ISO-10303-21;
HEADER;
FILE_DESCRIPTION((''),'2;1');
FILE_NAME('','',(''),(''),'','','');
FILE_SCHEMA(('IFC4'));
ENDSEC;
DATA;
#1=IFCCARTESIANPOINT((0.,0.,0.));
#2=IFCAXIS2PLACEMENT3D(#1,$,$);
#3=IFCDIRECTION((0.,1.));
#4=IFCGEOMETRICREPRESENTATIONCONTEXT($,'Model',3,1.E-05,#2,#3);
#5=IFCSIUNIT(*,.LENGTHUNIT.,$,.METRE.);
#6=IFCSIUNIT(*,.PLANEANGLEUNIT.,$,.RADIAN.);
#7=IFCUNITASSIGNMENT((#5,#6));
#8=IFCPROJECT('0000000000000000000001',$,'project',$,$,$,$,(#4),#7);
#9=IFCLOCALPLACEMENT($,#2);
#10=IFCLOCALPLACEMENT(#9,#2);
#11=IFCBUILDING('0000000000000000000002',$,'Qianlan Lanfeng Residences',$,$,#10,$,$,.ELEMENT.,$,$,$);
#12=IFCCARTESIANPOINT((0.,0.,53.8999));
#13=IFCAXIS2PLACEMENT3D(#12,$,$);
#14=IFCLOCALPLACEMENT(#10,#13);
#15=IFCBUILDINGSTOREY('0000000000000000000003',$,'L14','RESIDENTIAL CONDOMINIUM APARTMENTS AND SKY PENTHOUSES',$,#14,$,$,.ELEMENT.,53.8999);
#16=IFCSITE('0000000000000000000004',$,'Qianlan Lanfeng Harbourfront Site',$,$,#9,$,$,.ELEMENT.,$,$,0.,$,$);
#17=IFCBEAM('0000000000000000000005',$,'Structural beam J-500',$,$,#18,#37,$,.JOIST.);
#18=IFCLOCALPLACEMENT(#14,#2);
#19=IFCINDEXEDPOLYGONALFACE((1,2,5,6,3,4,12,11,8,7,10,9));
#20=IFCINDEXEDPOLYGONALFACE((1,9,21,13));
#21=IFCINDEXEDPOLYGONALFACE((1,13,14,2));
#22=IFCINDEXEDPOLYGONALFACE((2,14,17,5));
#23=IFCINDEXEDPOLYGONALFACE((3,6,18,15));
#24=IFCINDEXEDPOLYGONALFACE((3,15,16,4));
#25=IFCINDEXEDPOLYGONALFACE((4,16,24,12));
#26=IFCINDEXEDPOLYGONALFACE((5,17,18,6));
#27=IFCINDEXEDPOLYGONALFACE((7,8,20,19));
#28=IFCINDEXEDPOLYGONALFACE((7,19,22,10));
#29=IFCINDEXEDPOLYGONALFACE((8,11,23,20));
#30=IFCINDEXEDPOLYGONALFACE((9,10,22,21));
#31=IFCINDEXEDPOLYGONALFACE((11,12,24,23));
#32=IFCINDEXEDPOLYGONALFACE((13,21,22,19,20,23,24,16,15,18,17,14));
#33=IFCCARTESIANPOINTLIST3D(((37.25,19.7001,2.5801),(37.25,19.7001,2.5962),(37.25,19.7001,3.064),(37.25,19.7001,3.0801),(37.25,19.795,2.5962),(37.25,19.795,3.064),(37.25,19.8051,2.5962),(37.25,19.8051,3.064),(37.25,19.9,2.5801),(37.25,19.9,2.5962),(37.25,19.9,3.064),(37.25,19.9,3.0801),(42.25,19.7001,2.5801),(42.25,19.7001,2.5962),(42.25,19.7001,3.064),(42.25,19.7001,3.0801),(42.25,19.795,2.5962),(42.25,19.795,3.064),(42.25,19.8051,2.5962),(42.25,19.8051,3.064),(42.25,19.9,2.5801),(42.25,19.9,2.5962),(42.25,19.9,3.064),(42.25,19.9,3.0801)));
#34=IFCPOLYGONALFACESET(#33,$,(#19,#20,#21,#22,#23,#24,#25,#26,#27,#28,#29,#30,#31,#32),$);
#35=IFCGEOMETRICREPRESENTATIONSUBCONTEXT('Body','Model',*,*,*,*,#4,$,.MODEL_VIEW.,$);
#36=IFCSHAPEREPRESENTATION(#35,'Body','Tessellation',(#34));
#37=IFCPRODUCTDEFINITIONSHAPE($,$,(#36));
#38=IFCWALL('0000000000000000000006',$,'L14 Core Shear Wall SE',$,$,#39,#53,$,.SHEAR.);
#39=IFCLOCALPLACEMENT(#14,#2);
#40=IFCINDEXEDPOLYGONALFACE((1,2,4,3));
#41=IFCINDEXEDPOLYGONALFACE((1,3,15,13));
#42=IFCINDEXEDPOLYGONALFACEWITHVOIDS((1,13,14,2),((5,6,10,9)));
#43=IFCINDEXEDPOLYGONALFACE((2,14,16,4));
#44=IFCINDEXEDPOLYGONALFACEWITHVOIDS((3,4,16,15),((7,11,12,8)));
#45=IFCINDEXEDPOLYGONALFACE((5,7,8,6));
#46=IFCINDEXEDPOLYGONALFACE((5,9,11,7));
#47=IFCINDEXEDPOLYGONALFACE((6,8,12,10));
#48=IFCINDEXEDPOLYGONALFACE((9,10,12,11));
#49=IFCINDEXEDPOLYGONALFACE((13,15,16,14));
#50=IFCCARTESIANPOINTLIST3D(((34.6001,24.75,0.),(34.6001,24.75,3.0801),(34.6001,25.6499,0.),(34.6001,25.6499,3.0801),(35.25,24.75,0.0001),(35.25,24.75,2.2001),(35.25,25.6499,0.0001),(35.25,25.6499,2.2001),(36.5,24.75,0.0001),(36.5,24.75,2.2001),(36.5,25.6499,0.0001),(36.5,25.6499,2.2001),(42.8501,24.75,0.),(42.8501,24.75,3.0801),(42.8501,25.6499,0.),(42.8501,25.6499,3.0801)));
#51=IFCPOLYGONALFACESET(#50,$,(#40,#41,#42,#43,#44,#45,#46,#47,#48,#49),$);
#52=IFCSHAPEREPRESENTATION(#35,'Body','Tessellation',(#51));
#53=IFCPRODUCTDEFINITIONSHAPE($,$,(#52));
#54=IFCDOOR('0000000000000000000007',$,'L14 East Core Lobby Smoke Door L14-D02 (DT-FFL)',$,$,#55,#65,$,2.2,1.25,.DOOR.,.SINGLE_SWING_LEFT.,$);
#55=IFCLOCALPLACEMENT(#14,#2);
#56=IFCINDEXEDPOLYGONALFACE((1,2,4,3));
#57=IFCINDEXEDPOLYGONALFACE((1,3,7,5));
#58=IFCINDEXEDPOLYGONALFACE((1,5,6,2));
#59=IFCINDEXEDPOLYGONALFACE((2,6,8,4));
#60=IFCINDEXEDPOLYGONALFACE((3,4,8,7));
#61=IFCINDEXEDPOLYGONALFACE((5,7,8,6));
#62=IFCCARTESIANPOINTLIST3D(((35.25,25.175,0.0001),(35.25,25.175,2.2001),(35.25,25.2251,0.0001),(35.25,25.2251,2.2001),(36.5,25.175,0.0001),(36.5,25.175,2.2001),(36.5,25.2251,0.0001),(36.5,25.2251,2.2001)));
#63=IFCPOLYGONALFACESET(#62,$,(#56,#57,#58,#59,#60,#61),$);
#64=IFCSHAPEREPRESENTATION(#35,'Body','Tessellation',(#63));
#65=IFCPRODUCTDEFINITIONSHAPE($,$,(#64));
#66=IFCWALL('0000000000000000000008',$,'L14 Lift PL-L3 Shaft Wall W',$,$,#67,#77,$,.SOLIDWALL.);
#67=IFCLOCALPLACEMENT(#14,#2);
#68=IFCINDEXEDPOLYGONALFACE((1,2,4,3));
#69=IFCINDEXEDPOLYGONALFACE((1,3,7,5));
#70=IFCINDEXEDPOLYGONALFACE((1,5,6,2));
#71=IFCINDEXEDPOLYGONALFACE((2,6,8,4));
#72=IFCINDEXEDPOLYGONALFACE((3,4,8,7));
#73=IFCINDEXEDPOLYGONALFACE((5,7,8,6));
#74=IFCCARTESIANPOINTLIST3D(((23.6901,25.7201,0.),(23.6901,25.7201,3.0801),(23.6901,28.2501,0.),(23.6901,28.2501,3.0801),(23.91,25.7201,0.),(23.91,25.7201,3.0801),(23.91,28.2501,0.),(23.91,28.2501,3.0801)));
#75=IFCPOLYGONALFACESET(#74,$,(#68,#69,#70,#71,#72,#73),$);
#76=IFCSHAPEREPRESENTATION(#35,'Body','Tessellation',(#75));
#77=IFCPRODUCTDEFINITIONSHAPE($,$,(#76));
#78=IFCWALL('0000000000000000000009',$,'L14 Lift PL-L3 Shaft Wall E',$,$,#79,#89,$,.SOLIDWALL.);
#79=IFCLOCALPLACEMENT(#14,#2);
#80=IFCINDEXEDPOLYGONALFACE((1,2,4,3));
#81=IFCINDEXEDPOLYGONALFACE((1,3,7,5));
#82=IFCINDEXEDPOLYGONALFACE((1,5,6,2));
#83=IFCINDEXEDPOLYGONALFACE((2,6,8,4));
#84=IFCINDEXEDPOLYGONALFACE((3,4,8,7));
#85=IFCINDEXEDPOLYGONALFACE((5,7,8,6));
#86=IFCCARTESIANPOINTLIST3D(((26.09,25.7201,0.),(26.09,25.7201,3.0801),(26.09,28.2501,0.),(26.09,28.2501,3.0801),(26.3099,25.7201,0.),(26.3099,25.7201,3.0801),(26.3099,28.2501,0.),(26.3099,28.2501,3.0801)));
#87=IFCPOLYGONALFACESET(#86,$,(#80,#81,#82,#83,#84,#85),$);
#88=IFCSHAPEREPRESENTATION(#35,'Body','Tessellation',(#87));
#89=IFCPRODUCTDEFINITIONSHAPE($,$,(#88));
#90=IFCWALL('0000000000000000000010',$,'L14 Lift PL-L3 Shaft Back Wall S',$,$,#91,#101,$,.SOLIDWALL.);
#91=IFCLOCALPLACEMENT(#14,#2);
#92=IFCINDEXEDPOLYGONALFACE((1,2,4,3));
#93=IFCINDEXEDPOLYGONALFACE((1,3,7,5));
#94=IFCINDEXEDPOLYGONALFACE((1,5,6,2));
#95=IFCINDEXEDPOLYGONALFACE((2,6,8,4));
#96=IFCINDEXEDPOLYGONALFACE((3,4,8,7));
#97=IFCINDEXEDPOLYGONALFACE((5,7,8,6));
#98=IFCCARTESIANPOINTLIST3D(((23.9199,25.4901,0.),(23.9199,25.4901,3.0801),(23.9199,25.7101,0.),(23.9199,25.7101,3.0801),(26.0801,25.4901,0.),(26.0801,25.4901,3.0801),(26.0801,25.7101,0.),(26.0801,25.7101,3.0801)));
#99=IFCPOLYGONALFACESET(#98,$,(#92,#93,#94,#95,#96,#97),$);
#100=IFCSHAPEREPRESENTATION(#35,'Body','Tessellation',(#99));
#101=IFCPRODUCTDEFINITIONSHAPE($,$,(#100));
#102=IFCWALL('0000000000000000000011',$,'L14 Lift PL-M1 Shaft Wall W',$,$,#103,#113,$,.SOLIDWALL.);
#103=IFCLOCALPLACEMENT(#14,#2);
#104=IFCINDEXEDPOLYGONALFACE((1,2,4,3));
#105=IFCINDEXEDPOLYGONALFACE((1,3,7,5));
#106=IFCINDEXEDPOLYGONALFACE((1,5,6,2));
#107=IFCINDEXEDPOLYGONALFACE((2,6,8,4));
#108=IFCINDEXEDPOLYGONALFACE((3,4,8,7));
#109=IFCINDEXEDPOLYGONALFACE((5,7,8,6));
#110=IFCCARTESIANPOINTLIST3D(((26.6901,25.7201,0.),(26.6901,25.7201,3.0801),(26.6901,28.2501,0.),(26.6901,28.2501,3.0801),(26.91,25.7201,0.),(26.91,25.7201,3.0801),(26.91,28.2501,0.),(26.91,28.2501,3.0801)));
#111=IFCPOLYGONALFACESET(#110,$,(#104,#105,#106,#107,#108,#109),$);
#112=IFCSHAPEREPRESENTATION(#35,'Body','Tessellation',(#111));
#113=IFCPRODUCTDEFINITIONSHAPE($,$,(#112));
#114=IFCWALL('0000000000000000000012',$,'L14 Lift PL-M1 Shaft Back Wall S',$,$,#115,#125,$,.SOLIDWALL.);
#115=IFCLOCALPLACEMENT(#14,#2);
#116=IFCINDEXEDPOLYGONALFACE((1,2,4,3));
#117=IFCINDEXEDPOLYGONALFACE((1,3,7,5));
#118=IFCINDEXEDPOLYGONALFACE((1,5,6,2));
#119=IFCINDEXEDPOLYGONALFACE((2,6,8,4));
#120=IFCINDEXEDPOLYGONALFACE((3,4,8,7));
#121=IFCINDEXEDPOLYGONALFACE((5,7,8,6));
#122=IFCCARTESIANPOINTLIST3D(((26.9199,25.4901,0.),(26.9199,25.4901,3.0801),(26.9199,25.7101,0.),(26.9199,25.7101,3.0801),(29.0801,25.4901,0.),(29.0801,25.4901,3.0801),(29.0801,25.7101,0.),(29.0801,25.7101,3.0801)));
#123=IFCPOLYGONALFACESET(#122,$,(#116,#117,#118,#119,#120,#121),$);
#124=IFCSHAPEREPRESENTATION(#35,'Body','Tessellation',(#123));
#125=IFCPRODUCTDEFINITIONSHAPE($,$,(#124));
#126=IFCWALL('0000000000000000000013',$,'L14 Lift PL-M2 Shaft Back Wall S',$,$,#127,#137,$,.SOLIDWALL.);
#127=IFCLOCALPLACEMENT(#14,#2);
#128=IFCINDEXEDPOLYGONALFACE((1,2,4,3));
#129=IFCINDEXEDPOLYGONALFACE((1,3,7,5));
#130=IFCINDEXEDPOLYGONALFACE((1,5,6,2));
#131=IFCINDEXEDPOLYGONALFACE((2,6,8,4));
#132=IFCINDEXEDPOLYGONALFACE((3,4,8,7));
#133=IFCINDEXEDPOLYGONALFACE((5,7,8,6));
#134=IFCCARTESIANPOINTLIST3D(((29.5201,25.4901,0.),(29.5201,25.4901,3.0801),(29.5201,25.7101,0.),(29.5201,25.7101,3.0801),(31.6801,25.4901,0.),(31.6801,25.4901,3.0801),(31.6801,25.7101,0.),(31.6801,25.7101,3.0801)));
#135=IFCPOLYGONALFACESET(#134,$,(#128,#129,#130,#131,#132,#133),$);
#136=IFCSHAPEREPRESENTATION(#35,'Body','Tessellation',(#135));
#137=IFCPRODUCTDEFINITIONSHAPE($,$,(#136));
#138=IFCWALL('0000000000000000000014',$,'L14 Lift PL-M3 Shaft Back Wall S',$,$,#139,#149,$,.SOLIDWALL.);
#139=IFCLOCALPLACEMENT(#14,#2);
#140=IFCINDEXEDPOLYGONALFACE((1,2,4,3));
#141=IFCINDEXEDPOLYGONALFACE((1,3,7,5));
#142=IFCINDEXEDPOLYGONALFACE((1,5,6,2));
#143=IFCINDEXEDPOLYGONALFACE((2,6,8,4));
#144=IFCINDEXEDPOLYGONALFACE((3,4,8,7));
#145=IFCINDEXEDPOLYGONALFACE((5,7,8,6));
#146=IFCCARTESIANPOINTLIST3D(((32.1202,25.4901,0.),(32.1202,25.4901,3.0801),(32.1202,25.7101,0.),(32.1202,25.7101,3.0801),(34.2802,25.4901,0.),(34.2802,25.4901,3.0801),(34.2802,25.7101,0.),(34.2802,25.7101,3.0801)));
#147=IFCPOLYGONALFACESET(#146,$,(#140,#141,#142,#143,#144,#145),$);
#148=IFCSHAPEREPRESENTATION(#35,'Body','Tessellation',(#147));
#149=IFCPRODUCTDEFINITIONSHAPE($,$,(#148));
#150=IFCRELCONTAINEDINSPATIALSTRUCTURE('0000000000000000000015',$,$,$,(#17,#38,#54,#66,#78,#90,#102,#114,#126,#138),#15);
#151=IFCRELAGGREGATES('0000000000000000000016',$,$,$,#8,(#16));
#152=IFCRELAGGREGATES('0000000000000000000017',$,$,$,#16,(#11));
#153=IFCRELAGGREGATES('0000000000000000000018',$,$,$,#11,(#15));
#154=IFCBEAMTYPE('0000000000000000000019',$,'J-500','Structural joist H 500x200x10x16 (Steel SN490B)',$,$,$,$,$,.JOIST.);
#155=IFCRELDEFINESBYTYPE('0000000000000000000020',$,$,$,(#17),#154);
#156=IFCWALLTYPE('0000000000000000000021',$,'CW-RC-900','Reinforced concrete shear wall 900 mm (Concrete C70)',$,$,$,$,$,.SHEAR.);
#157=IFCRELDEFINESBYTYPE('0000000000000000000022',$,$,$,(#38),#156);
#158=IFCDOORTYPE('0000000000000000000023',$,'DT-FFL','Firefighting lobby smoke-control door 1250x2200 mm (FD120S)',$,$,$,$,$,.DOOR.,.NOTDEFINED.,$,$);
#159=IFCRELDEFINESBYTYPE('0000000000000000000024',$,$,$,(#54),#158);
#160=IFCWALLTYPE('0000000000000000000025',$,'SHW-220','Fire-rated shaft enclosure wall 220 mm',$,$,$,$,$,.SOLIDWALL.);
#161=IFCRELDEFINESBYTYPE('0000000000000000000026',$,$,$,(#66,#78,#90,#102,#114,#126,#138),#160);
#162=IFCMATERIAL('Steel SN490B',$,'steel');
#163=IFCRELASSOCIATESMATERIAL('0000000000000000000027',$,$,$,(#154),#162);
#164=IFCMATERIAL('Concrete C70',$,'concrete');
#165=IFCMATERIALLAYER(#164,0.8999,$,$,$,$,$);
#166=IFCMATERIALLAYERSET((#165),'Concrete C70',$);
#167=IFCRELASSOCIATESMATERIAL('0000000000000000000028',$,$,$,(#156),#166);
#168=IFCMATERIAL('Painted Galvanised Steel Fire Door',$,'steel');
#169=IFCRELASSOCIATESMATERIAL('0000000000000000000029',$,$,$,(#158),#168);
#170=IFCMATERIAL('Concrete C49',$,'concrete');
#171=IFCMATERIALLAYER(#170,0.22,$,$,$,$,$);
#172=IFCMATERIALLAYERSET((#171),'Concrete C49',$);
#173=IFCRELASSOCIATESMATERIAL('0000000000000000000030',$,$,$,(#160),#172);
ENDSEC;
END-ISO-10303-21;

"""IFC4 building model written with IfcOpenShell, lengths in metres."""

from ifc_helpers import new_model, si_unit, direction, frame, frame_2d, origin, origin_2d, place, context, subcontext, project, spatial, rectangle, i_section, extrude, material, layer, layer_set, material_profile, profile_set, type_object, element, fill, save


model = new_model("IFC4")

# Units and contexts
model_context = context("Model", 3, precision=1e-05, world=origin(), true_north=direction((0.0, 1.0)))
body_context = subcontext(model_context, "Body", "Model", "MODEL_VIEW")
ifc_project = project(units=[si_unit("LENGTHUNIT", "METRE"), si_unit("PLANEANGLEUNIT", "RADIAN")], contexts=[model_context])

# Site, building, storey
site_placement = place(None, origin())
site = spatial("IfcSite", under=ifc_project, at=site_placement, Name="Qianlan Lanfeng Harbourfront Site", CompositionType="ELEMENT", RefElevation=0.0)
building_placement = place(site_placement, origin())
building = spatial("IfcBuilding", under=site, at=building_placement, Name="Qianlan Lanfeng Residences", CompositionType="ELEMENT")
storey_placement = place(building_placement, frame((0.0, 0.0, 53.8999)))
storey = spatial("IfcBuildingStorey", under=building, at=storey_placement, Name="L14", Description="RESIDENTIAL CONDOMINIUM APARTMENTS AND SKY PENTHOUSES", CompositionType="ELEMENT", Elevation=53.8999)

# Shared definitions
ifc_material_1 = material(Name="Steel SN490B", Category="steel")

# Beam
ifc_material_profile_1 = material_profile(ifc_material_1, i_section(OverallWidth=0.2, OverallDepth=0.5, WebThickness=0.01, FlangeThickness=0.0161, at=origin_2d()), Name="H 500x200x10x16")
ifc_profile_set_1 = profile_set([ifc_material_profile_1], Name="Steel SN490B")
beam_type_1 = type_object("IfcBeamType", Name="J-500", Description="Structural joist H 500x200x10x16 (Steel SN490B)", PredefinedType="JOIST", material=ifc_profile_set_1)
beam_1_placement = place(storey_placement, frame((37.25, 19.8, 2.8301), z_axis=(1.0, 0.0, 0.0), x_axis=(0.0, 1.0, 0.0)))
element("IfcBeam", 1, at=beam_1_placement, inside=storey, type_object=beam_type_1, Name="Structural beam J-500", PredefinedType="JOIST", context=body_context, shape_type="SweptSolid", body=[
    extrude(i_section(OverallWidth=0.2, OverallDepth=0.5, WebThickness=0.01, FlangeThickness=0.0161, at=origin_2d()), origin(), (0.0, 0.0, 1.0), 5.0),
])

# Wall, opening, door
ifc_material_2 = material(Name="Concrete C70", Category="concrete")
ifc_layer_1 = layer(ifc_material_2, 0.8999)
ifc_layer_set_1 = layer_set([ifc_layer_1], Name="Concrete C70")
wall_type_1 = type_object("IfcWallType", Name="CW-RC-900", Description="Reinforced concrete shear wall 900 mm (Concrete C70)", PredefinedType="SHEAR", material=ifc_layer_set_1)
wall_1_placement = place(storey_placement, frame((34.6001, 25.2, 0.0), z_axis=(0.0, 0.0, 1.0), x_axis=(1.0, 0.0, 0.0)))
wall_1 = element("IfcWall", 2, at=wall_1_placement, inside=storey, type_object=wall_type_1, Name="L14 Core Shear Wall SE", PredefinedType="SHEAR", context=body_context, shape_type="SweptSolid", body=[
    extrude(rectangle(XDim=8.25, YDim=0.8999, at=frame_2d((4.125, 0.0))), origin(), (0.0, 0.0, 1.0), 3.0801),
])
opening_1_placement = place(wall_1_placement, frame((0.6499, 0.0, 0.0)))
opening_1 = element("IfcOpeningElement", 3, at=opening_1_placement, cuts=wall_1, PredefinedType="OPENING", context=body_context, shape_type="SweptSolid", body=[
    extrude(rectangle(XDim=1.25, YDim=2.2, at=frame_2d((0.625, 1.1001))), frame((0.0, 0.46, 0.0), z_axis=(0.0, -1.0, 0.0), x_axis=(1.0, 0.0, 0.0)), (0.0, 0.0, 1.0), 0.9199),
])
ifc_material_3 = material(Name="Painted Galvanised Steel Fire Door", Category="steel")
door_type_1 = type_object("IfcDoorType", Name="DT-FFL", Description="Firefighting lobby smoke-control door 1250x2200 mm (FD120S)", OperationType="NOTDEFINED", PredefinedType="DOOR", material=ifc_material_3)
door_1_placement = place(opening_1_placement, frame((1.25, 0.0, 0.0), z_axis=(0.0, 0.0, 1.0), x_axis=(-1.0, 0.0, 0.0)))
door_1 = element("IfcDoor", 4, at=door_1_placement, inside=storey, type_object=door_type_1, Name="L14 East Core Lobby Smoke Door L14-D02 (DT-FFL)", OperationType="SINGLE_SWING_LEFT", OverallHeight=2.2, OverallWidth=1.25, PredefinedType="DOOR", context=body_context, shape_type="SweptSolid", body=[
    extrude(rectangle(XDim=1.25, YDim=2.2, at=frame_2d((0.625, 1.1001))), frame((0.0, 0.0249, 0.0), z_axis=(0.0, -1.0, 0.0), x_axis=(1.0, 0.0, 0.0)), (0.0, 0.0, 1.0), 0.05),
])
fill(opening_1, door_1)

# Walls
ifc_material_4 = material(Name="Concrete C49", Category="concrete")
ifc_layer_2 = layer(ifc_material_4, 0.22)
ifc_layer_set_2 = layer_set([ifc_layer_2], Name="Concrete C49")
wall_type_2 = type_object("IfcWallType", Name="SHW-220", Description="Fire-rated shaft enclosure wall 220 mm", PredefinedType="SOLIDWALL", material=ifc_layer_set_2)
for number, where, z_axis, x_axis, name in (
    (5, (23.8, 25.72, 0.0), (0.0, 0.0, 1.0), (0.0, 1.0, 0.0), "L14 Lift PL-L3 Shaft Wall W"),
    (6, (26.2, 25.72, 0.0), (0.0, 0.0, 1.0), (0.0, 1.0, 0.0), "L14 Lift PL-L3 Shaft Wall E"),
):
    element("IfcWall", number, at=place(storey_placement, frame(where, z_axis=z_axis, x_axis=x_axis)), inside=storey, type_object=wall_type_2, Name=name, PredefinedType="SOLIDWALL", context=body_context, shape_type="SweptSolid", body=[
        extrude(rectangle(XDim=2.53, YDim=0.22, at=frame_2d((1.2651, 0.0))), origin(), (0.0, 0.0, 1.0), 3.0801),
    ])
wall_2_placement = place(storey_placement, frame((23.9199, 25.6001, 0.0), z_axis=(0.0, 0.0, 1.0), x_axis=(1.0, 0.0, 0.0)))
element("IfcWall", 7, at=wall_2_placement, inside=storey, type_object=wall_type_2, Name="L14 Lift PL-L3 Shaft Back Wall S", PredefinedType="SOLIDWALL", context=body_context, shape_type="SweptSolid", body=[
    extrude(rectangle(XDim=2.1602, YDim=0.22, at=frame_2d((1.0801, 0.0))), origin(), (0.0, 0.0, 1.0), 3.0801),
])
wall_3_placement = place(storey_placement, frame((26.8, 25.72, 0.0), z_axis=(0.0, 0.0, 1.0), x_axis=(0.0, 1.0, 0.0)))
element("IfcWall", 8, at=wall_3_placement, inside=storey, type_object=wall_type_2, Name="L14 Lift PL-M1 Shaft Wall W", PredefinedType="SOLIDWALL", context=body_context, shape_type="SweptSolid", body=[
    extrude(rectangle(XDim=2.53, YDim=0.22, at=frame_2d((1.2651, 0.0))), origin(), (0.0, 0.0, 1.0), 3.0801),
])
wall_4_placement = place(storey_placement, frame((26.9199, 25.6001, 0.0), z_axis=(0.0, 0.0, 1.0), x_axis=(1.0, 0.0, 0.0)))
element("IfcWall", 9, at=wall_4_placement, inside=storey, type_object=wall_type_2, Name="L14 Lift PL-M1 Shaft Back Wall S", PredefinedType="SOLIDWALL", context=body_context, shape_type="SweptSolid", body=[
    extrude(rectangle(XDim=2.1602, YDim=0.22, at=frame_2d((1.0801, 0.0))), origin(), (0.0, 0.0, 1.0), 3.0801),
])
for number, where, z_axis, x_axis, name in (
    (10, (29.52, 25.6001, 0.0), (0.0, 0.0, 1.0), (1.0, 0.0, 0.0), "L14 Lift PL-M2 Shaft Back Wall S"),
    (11, (32.1201, 25.6001, 0.0), (0.0, 0.0, 1.0), (1.0, 0.0, 0.0), "L14 Lift PL-M3 Shaft Back Wall S"),
):
    element("IfcWall", number, at=place(storey_placement, frame(where, z_axis=z_axis, x_axis=x_axis)), inside=storey, type_object=wall_type_2, Name=name, PredefinedType="SOLIDWALL", context=body_context, shape_type="SweptSolid", body=[
        extrude(rectangle(XDim=2.1599, YDim=0.22, at=frame_2d((1.0801, 0.0))), origin(), (0.0, 0.0, 1.0), 3.0801),
    ])

save(model, "model.ifc")
